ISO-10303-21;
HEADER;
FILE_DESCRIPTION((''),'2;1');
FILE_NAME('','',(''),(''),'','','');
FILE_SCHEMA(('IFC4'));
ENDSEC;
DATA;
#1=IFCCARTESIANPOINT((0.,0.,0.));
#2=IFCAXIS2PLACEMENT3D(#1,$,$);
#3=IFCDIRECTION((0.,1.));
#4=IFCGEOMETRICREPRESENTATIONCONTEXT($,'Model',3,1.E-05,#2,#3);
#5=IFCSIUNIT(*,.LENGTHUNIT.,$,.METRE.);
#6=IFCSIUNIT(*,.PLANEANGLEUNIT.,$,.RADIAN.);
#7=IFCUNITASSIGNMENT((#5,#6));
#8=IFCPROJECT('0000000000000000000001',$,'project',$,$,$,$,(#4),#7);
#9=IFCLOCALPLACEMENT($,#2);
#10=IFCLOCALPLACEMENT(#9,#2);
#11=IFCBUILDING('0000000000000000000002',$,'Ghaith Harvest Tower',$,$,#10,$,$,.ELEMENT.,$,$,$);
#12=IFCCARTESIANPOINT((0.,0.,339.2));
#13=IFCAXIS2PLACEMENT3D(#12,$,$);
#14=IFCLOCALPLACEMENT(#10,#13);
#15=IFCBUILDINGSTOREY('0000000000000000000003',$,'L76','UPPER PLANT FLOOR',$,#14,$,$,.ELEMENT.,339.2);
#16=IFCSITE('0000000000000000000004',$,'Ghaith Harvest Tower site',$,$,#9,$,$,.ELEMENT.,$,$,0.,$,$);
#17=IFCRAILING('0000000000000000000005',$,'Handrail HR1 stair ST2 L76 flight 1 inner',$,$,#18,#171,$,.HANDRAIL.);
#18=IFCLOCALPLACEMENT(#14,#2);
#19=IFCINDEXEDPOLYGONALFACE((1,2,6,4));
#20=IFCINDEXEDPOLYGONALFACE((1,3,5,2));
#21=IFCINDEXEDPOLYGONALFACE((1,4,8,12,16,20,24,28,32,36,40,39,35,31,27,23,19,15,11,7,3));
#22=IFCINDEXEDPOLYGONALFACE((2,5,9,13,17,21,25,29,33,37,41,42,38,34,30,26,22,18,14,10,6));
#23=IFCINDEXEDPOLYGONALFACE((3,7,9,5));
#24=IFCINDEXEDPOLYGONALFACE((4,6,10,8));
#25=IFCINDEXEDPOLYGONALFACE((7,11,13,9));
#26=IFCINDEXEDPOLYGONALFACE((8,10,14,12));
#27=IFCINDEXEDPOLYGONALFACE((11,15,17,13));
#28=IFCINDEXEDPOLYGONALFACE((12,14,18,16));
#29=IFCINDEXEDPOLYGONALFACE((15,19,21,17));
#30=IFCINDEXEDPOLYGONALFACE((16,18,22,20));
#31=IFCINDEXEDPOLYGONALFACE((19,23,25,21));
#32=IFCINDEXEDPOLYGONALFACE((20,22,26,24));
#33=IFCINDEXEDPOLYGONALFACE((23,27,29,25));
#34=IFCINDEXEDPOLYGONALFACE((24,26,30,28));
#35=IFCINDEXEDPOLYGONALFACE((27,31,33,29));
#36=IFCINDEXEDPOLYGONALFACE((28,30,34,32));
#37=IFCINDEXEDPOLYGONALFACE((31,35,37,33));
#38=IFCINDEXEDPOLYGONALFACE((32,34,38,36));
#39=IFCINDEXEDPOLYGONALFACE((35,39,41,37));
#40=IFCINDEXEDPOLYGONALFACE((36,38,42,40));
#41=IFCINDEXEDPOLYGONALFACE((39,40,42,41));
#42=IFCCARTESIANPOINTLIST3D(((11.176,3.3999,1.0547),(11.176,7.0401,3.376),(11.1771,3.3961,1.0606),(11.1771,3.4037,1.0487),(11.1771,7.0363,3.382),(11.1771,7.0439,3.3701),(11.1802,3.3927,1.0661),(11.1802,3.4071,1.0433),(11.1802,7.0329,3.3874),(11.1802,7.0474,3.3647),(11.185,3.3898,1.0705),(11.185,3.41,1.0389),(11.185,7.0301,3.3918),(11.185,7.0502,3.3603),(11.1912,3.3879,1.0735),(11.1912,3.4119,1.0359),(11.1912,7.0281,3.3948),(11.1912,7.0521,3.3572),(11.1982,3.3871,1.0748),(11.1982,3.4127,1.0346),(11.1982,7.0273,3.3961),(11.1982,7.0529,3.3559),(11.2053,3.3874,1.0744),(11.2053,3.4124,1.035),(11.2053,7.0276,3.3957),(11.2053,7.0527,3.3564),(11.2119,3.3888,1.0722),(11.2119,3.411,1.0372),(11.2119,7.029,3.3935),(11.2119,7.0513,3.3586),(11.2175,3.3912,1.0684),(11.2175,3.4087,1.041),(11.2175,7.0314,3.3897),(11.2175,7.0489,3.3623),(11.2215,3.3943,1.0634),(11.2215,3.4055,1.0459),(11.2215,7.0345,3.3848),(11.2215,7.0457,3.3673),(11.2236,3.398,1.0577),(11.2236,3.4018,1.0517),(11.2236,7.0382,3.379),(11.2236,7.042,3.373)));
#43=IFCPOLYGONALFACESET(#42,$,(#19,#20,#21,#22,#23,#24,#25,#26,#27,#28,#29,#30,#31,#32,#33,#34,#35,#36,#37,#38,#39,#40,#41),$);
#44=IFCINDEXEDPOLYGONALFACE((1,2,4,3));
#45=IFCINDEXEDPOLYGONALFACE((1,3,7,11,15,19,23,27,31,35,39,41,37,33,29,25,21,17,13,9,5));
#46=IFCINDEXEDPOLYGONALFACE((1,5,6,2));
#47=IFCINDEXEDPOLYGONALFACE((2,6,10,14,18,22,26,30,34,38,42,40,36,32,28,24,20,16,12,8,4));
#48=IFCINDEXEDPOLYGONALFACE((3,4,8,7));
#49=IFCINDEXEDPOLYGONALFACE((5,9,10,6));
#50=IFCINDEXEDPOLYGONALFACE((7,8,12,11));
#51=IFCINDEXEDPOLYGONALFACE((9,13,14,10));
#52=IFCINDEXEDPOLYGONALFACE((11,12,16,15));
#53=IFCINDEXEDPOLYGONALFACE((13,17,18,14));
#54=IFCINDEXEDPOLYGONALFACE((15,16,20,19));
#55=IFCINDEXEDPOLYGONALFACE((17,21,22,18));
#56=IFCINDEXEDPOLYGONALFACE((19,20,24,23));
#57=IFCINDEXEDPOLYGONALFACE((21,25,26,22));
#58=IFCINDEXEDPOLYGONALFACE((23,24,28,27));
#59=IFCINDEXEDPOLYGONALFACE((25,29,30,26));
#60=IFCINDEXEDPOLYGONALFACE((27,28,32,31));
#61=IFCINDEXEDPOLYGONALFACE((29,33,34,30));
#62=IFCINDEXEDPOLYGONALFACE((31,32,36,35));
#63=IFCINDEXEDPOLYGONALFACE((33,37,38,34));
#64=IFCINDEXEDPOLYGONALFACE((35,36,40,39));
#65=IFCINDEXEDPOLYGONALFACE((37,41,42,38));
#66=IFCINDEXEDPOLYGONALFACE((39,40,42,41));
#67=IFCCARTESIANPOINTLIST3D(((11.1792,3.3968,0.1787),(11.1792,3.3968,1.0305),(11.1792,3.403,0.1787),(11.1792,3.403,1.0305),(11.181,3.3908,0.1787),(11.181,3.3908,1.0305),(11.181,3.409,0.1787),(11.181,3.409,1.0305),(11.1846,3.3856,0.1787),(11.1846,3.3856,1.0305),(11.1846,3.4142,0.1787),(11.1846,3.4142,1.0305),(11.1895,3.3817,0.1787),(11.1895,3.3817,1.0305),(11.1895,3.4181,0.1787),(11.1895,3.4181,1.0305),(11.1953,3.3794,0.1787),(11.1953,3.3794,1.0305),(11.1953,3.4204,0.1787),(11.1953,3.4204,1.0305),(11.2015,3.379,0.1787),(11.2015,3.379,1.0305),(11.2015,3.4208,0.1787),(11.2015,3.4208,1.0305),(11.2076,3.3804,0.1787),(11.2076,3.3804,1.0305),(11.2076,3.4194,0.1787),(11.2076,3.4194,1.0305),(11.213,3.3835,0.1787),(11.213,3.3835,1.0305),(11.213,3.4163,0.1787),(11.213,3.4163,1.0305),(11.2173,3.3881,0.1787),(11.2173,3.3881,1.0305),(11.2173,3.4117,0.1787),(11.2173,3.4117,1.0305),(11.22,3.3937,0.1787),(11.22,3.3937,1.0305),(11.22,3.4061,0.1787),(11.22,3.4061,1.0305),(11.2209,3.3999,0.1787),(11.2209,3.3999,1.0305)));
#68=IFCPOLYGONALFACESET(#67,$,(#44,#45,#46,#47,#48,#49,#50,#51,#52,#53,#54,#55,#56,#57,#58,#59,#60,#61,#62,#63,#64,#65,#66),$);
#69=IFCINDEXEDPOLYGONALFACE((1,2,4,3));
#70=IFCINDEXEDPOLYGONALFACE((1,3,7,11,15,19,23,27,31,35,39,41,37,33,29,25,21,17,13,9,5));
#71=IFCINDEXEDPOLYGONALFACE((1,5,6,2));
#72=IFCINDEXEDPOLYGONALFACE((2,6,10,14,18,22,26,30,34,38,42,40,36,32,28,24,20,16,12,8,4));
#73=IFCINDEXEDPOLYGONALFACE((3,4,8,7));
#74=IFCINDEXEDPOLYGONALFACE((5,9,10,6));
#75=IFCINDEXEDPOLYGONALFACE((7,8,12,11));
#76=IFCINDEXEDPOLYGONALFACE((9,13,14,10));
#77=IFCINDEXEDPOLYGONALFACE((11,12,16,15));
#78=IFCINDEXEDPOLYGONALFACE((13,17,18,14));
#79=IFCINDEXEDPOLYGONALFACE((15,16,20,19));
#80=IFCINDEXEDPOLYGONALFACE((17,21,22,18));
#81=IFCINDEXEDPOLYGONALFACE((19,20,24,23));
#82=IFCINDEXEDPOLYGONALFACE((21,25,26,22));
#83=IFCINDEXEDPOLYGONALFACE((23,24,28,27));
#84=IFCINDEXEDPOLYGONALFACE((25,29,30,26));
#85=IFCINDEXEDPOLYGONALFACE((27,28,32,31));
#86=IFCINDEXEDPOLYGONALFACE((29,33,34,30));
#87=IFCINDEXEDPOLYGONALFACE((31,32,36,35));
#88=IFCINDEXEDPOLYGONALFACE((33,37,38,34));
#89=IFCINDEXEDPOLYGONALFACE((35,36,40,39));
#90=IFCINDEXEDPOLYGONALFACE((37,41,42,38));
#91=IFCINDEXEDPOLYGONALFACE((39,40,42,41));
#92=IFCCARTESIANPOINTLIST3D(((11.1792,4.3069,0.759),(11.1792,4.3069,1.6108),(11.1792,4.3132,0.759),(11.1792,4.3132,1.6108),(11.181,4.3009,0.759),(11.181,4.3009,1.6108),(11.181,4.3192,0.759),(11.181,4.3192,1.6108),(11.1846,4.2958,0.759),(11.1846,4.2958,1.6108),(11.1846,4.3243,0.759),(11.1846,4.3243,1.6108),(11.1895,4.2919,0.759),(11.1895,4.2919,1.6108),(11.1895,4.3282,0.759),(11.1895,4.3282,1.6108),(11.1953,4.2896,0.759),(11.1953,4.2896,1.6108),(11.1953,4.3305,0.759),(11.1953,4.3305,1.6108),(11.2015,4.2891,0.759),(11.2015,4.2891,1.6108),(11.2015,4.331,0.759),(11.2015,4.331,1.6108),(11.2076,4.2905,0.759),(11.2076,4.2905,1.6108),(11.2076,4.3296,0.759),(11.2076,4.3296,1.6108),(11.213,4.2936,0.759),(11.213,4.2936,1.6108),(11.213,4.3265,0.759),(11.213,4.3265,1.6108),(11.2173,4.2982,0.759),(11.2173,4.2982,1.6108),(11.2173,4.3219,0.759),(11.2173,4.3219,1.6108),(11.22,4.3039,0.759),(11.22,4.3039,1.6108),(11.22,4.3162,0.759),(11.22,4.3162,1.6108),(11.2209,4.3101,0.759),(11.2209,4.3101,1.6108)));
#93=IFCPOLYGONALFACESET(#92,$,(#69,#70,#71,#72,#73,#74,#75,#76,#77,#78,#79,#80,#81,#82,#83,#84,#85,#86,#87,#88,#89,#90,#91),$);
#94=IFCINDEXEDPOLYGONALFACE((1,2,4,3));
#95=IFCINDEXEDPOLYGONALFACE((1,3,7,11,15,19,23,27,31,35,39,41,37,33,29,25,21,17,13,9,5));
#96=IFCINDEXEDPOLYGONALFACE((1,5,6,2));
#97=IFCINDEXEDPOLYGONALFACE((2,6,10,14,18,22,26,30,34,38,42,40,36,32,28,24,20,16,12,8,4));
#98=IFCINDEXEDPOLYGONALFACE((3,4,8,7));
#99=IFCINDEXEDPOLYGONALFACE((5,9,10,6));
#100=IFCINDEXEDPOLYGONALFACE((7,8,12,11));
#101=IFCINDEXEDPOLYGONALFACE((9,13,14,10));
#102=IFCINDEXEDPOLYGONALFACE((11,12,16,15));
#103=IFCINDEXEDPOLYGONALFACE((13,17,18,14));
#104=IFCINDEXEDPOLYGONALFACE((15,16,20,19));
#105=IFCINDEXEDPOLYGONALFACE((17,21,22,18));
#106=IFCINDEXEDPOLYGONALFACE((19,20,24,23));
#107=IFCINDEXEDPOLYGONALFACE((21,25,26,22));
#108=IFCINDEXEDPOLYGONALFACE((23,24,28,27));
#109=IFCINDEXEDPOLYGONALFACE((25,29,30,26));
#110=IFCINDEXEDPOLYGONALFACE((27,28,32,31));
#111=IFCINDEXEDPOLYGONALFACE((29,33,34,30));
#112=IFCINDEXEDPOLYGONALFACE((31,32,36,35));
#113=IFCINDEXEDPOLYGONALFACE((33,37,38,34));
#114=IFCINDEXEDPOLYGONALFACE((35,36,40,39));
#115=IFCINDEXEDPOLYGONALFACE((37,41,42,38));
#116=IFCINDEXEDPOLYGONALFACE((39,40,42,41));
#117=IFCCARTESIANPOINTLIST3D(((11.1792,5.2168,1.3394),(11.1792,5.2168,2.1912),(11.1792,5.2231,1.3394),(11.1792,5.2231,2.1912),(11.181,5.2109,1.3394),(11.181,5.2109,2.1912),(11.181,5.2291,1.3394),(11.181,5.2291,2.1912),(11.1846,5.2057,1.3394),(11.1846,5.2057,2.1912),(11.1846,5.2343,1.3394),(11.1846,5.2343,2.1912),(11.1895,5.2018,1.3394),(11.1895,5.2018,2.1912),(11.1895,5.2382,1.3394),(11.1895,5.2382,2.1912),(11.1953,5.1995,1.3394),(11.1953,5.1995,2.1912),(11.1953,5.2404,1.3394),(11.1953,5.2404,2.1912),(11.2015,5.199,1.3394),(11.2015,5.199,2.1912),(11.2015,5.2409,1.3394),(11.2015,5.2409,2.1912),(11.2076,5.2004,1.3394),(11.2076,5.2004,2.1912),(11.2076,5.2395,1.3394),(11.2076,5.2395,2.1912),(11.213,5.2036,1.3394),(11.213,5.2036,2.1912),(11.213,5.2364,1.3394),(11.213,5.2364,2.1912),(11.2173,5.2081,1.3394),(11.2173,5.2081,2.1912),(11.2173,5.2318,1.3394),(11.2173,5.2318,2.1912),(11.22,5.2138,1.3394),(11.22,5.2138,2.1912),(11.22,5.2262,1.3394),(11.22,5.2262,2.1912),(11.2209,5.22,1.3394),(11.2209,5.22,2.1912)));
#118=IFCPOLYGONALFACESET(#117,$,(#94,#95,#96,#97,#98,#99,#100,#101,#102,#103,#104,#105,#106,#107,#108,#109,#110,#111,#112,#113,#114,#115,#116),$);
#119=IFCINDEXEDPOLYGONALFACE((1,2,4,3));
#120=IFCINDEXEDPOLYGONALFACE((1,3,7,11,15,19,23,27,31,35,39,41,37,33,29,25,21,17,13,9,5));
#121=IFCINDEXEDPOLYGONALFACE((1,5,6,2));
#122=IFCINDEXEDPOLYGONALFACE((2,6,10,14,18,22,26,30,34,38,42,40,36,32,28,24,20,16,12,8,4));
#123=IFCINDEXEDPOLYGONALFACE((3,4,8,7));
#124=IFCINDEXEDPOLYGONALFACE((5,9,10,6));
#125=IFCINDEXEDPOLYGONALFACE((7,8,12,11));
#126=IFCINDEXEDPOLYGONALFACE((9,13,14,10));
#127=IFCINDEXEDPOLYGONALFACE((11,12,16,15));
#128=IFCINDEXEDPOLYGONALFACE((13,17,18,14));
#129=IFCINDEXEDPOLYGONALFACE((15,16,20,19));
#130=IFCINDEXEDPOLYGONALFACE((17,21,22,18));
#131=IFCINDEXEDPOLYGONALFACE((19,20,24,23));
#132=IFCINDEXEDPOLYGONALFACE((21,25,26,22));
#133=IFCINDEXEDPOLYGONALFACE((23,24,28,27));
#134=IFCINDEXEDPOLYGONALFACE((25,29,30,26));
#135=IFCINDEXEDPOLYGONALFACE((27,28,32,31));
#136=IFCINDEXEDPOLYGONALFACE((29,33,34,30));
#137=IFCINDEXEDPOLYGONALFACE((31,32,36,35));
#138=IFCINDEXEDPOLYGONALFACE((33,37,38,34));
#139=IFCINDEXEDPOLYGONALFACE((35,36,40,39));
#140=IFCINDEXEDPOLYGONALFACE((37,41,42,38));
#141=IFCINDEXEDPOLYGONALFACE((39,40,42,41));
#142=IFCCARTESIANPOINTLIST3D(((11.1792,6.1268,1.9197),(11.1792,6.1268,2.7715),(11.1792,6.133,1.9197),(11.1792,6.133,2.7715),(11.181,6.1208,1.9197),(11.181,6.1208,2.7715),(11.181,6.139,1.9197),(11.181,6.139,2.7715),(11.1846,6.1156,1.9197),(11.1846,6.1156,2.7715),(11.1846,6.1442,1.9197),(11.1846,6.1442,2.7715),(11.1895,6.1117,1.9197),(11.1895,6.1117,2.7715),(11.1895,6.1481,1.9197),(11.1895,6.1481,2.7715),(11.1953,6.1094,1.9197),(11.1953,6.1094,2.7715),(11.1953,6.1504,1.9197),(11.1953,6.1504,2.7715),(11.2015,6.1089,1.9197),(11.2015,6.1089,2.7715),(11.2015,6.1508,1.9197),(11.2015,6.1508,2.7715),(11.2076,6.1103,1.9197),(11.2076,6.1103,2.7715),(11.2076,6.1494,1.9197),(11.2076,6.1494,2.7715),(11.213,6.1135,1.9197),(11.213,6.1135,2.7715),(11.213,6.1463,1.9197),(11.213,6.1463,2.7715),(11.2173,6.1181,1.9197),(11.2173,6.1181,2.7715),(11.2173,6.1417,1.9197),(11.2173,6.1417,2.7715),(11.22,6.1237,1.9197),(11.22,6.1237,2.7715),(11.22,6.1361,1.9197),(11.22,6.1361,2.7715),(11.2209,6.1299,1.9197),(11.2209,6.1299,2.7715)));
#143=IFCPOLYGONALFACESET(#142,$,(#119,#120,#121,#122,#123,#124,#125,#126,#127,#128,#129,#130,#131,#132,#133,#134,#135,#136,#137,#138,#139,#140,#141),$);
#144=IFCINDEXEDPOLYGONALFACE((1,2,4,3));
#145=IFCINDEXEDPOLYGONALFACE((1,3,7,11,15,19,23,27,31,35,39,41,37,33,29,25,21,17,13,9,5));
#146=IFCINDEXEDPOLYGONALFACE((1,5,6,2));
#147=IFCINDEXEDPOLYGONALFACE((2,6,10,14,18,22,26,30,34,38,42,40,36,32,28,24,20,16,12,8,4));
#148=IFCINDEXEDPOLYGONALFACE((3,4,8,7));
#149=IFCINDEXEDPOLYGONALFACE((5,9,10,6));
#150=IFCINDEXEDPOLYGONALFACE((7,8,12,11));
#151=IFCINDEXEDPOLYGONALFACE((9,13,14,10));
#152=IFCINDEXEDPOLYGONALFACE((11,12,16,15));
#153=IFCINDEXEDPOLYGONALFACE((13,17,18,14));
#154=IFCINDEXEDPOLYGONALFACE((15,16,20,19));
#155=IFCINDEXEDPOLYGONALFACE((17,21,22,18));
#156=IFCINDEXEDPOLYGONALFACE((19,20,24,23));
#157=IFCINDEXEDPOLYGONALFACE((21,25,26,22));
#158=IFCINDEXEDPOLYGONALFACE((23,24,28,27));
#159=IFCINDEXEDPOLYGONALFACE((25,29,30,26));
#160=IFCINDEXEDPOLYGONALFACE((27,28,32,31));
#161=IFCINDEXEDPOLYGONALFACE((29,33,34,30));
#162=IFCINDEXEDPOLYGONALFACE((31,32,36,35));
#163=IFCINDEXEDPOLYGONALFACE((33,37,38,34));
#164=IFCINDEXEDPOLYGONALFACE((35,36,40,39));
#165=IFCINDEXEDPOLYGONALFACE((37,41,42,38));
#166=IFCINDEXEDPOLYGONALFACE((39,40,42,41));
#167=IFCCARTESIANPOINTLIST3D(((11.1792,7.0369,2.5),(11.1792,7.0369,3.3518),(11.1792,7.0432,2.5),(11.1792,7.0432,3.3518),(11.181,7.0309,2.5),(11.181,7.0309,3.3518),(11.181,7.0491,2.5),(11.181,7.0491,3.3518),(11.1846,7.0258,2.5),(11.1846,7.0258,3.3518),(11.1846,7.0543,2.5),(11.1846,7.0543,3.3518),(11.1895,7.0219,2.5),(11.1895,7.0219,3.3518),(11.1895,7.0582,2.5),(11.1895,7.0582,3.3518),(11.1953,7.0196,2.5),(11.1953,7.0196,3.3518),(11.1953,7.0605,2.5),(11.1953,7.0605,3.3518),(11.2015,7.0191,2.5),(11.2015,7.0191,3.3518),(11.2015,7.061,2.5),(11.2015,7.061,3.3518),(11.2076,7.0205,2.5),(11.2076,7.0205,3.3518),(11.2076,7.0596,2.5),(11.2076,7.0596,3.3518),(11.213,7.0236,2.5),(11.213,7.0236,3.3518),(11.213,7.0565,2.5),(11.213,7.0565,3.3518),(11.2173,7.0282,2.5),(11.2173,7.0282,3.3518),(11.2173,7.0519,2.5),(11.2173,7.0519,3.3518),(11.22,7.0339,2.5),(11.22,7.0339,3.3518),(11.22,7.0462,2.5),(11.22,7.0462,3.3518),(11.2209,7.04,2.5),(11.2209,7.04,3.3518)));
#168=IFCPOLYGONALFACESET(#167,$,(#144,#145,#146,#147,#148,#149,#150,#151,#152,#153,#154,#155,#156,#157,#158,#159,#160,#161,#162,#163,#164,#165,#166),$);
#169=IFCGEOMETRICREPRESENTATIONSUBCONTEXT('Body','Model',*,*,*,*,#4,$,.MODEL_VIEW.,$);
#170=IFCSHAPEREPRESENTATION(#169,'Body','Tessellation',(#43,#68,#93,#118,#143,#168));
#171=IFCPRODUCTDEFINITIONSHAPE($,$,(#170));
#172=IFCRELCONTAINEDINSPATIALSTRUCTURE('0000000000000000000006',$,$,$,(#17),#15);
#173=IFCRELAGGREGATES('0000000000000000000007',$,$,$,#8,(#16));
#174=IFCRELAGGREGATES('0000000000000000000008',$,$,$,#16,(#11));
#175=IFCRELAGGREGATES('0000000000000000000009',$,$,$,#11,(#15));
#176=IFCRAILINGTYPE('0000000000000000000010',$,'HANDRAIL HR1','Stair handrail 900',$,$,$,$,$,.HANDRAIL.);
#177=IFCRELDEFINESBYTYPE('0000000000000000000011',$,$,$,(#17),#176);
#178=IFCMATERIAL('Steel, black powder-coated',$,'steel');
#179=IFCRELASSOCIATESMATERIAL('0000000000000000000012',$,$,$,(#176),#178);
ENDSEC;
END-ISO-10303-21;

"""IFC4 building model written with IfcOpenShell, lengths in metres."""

from ifc_helpers import new_model, si_unit, direction, frame, origin, origin_2d, place, context, subcontext, project, spatial, circle, extrude, material, type_object, element, save


model = new_model("IFC4")

# Units and contexts
model_context = context("Model", 3, precision=1e-05, world=origin(), true_north=direction((0.0, 1.0)))
body_context = subcontext(model_context, "Body", "Model", "MODEL_VIEW")
ifc_project = project(units=[si_unit("LENGTHUNIT", "METRE"), si_unit("PLANEANGLEUNIT", "RADIAN")], contexts=[model_context])

# Site, building, storey
site_placement = place(None, origin())
site = spatial("IfcSite", under=ifc_project, at=site_placement, Name="Ghaith Harvest Tower site", CompositionType="ELEMENT", RefElevation=0.0)
building_placement = place(site_placement, origin())
building = spatial("IfcBuilding", under=site, at=building_placement, Name="Ghaith Harvest Tower", CompositionType="ELEMENT")
storey_placement = place(building_placement, frame((0.0, 0.0, 339.2)))
storey = spatial("IfcBuildingStorey", under=building, at=storey_placement, Name="L76", Description="UPPER PLANT FLOOR", CompositionType="ELEMENT", Elevation=339.2)

# Railing
ifc_material_1 = material(Name="Steel, black powder-coated", Category="steel")
railing_type = type_object("IfcRailingType", Name="HANDRAIL HR1", Description="Stair handrail 900", PredefinedType="HANDRAIL", material=ifc_material_1)
railing_1_placement = place(storey_placement, frame((11.2, 3.3999, 0.1787)))
element("IfcRailing", 1, at=railing_1_placement, inside=storey, type_object=railing_type, Name="Handrail HR1 stair ST2 L76 flight 1 inner", PredefinedType="HANDRAIL", context=body_context, shape_type="SweptSolid", body=[
    extrude(circle(Radius=0.0239, at=origin_2d()), frame((0.0, 0.0, 0.876), z_axis=(0.0, 0.843153, 0.537673), x_axis=(-1.0, 0.0, 0.0)), (0.0, 0.0, 1.0), 4.3174),
    extrude(circle(Radius=0.021, at=origin_2d()), origin(), (0.0, 0.0, 1.0), 0.8518),
    extrude(circle(Radius=0.021, at=origin_2d()), frame((0.0, 0.9102, 0.5803)), (0.0, 0.0, 1.0), 0.8518),
    extrude(circle(Radius=0.021, at=origin_2d()), frame((0.0, 1.8201, 1.1606)), (0.0, 0.0, 1.0), 0.8518),
    extrude(circle(Radius=0.021, at=origin_2d()), frame((0.0, 2.73, 1.741)), (0.0, 0.0, 1.0), 0.8518),
    extrude(circle(Radius=0.021, at=origin_2d()), frame((0.0, 3.6401, 2.3213)), (0.0, 0.0, 1.0), 0.8518),
])

save(model, "model.ifc")
